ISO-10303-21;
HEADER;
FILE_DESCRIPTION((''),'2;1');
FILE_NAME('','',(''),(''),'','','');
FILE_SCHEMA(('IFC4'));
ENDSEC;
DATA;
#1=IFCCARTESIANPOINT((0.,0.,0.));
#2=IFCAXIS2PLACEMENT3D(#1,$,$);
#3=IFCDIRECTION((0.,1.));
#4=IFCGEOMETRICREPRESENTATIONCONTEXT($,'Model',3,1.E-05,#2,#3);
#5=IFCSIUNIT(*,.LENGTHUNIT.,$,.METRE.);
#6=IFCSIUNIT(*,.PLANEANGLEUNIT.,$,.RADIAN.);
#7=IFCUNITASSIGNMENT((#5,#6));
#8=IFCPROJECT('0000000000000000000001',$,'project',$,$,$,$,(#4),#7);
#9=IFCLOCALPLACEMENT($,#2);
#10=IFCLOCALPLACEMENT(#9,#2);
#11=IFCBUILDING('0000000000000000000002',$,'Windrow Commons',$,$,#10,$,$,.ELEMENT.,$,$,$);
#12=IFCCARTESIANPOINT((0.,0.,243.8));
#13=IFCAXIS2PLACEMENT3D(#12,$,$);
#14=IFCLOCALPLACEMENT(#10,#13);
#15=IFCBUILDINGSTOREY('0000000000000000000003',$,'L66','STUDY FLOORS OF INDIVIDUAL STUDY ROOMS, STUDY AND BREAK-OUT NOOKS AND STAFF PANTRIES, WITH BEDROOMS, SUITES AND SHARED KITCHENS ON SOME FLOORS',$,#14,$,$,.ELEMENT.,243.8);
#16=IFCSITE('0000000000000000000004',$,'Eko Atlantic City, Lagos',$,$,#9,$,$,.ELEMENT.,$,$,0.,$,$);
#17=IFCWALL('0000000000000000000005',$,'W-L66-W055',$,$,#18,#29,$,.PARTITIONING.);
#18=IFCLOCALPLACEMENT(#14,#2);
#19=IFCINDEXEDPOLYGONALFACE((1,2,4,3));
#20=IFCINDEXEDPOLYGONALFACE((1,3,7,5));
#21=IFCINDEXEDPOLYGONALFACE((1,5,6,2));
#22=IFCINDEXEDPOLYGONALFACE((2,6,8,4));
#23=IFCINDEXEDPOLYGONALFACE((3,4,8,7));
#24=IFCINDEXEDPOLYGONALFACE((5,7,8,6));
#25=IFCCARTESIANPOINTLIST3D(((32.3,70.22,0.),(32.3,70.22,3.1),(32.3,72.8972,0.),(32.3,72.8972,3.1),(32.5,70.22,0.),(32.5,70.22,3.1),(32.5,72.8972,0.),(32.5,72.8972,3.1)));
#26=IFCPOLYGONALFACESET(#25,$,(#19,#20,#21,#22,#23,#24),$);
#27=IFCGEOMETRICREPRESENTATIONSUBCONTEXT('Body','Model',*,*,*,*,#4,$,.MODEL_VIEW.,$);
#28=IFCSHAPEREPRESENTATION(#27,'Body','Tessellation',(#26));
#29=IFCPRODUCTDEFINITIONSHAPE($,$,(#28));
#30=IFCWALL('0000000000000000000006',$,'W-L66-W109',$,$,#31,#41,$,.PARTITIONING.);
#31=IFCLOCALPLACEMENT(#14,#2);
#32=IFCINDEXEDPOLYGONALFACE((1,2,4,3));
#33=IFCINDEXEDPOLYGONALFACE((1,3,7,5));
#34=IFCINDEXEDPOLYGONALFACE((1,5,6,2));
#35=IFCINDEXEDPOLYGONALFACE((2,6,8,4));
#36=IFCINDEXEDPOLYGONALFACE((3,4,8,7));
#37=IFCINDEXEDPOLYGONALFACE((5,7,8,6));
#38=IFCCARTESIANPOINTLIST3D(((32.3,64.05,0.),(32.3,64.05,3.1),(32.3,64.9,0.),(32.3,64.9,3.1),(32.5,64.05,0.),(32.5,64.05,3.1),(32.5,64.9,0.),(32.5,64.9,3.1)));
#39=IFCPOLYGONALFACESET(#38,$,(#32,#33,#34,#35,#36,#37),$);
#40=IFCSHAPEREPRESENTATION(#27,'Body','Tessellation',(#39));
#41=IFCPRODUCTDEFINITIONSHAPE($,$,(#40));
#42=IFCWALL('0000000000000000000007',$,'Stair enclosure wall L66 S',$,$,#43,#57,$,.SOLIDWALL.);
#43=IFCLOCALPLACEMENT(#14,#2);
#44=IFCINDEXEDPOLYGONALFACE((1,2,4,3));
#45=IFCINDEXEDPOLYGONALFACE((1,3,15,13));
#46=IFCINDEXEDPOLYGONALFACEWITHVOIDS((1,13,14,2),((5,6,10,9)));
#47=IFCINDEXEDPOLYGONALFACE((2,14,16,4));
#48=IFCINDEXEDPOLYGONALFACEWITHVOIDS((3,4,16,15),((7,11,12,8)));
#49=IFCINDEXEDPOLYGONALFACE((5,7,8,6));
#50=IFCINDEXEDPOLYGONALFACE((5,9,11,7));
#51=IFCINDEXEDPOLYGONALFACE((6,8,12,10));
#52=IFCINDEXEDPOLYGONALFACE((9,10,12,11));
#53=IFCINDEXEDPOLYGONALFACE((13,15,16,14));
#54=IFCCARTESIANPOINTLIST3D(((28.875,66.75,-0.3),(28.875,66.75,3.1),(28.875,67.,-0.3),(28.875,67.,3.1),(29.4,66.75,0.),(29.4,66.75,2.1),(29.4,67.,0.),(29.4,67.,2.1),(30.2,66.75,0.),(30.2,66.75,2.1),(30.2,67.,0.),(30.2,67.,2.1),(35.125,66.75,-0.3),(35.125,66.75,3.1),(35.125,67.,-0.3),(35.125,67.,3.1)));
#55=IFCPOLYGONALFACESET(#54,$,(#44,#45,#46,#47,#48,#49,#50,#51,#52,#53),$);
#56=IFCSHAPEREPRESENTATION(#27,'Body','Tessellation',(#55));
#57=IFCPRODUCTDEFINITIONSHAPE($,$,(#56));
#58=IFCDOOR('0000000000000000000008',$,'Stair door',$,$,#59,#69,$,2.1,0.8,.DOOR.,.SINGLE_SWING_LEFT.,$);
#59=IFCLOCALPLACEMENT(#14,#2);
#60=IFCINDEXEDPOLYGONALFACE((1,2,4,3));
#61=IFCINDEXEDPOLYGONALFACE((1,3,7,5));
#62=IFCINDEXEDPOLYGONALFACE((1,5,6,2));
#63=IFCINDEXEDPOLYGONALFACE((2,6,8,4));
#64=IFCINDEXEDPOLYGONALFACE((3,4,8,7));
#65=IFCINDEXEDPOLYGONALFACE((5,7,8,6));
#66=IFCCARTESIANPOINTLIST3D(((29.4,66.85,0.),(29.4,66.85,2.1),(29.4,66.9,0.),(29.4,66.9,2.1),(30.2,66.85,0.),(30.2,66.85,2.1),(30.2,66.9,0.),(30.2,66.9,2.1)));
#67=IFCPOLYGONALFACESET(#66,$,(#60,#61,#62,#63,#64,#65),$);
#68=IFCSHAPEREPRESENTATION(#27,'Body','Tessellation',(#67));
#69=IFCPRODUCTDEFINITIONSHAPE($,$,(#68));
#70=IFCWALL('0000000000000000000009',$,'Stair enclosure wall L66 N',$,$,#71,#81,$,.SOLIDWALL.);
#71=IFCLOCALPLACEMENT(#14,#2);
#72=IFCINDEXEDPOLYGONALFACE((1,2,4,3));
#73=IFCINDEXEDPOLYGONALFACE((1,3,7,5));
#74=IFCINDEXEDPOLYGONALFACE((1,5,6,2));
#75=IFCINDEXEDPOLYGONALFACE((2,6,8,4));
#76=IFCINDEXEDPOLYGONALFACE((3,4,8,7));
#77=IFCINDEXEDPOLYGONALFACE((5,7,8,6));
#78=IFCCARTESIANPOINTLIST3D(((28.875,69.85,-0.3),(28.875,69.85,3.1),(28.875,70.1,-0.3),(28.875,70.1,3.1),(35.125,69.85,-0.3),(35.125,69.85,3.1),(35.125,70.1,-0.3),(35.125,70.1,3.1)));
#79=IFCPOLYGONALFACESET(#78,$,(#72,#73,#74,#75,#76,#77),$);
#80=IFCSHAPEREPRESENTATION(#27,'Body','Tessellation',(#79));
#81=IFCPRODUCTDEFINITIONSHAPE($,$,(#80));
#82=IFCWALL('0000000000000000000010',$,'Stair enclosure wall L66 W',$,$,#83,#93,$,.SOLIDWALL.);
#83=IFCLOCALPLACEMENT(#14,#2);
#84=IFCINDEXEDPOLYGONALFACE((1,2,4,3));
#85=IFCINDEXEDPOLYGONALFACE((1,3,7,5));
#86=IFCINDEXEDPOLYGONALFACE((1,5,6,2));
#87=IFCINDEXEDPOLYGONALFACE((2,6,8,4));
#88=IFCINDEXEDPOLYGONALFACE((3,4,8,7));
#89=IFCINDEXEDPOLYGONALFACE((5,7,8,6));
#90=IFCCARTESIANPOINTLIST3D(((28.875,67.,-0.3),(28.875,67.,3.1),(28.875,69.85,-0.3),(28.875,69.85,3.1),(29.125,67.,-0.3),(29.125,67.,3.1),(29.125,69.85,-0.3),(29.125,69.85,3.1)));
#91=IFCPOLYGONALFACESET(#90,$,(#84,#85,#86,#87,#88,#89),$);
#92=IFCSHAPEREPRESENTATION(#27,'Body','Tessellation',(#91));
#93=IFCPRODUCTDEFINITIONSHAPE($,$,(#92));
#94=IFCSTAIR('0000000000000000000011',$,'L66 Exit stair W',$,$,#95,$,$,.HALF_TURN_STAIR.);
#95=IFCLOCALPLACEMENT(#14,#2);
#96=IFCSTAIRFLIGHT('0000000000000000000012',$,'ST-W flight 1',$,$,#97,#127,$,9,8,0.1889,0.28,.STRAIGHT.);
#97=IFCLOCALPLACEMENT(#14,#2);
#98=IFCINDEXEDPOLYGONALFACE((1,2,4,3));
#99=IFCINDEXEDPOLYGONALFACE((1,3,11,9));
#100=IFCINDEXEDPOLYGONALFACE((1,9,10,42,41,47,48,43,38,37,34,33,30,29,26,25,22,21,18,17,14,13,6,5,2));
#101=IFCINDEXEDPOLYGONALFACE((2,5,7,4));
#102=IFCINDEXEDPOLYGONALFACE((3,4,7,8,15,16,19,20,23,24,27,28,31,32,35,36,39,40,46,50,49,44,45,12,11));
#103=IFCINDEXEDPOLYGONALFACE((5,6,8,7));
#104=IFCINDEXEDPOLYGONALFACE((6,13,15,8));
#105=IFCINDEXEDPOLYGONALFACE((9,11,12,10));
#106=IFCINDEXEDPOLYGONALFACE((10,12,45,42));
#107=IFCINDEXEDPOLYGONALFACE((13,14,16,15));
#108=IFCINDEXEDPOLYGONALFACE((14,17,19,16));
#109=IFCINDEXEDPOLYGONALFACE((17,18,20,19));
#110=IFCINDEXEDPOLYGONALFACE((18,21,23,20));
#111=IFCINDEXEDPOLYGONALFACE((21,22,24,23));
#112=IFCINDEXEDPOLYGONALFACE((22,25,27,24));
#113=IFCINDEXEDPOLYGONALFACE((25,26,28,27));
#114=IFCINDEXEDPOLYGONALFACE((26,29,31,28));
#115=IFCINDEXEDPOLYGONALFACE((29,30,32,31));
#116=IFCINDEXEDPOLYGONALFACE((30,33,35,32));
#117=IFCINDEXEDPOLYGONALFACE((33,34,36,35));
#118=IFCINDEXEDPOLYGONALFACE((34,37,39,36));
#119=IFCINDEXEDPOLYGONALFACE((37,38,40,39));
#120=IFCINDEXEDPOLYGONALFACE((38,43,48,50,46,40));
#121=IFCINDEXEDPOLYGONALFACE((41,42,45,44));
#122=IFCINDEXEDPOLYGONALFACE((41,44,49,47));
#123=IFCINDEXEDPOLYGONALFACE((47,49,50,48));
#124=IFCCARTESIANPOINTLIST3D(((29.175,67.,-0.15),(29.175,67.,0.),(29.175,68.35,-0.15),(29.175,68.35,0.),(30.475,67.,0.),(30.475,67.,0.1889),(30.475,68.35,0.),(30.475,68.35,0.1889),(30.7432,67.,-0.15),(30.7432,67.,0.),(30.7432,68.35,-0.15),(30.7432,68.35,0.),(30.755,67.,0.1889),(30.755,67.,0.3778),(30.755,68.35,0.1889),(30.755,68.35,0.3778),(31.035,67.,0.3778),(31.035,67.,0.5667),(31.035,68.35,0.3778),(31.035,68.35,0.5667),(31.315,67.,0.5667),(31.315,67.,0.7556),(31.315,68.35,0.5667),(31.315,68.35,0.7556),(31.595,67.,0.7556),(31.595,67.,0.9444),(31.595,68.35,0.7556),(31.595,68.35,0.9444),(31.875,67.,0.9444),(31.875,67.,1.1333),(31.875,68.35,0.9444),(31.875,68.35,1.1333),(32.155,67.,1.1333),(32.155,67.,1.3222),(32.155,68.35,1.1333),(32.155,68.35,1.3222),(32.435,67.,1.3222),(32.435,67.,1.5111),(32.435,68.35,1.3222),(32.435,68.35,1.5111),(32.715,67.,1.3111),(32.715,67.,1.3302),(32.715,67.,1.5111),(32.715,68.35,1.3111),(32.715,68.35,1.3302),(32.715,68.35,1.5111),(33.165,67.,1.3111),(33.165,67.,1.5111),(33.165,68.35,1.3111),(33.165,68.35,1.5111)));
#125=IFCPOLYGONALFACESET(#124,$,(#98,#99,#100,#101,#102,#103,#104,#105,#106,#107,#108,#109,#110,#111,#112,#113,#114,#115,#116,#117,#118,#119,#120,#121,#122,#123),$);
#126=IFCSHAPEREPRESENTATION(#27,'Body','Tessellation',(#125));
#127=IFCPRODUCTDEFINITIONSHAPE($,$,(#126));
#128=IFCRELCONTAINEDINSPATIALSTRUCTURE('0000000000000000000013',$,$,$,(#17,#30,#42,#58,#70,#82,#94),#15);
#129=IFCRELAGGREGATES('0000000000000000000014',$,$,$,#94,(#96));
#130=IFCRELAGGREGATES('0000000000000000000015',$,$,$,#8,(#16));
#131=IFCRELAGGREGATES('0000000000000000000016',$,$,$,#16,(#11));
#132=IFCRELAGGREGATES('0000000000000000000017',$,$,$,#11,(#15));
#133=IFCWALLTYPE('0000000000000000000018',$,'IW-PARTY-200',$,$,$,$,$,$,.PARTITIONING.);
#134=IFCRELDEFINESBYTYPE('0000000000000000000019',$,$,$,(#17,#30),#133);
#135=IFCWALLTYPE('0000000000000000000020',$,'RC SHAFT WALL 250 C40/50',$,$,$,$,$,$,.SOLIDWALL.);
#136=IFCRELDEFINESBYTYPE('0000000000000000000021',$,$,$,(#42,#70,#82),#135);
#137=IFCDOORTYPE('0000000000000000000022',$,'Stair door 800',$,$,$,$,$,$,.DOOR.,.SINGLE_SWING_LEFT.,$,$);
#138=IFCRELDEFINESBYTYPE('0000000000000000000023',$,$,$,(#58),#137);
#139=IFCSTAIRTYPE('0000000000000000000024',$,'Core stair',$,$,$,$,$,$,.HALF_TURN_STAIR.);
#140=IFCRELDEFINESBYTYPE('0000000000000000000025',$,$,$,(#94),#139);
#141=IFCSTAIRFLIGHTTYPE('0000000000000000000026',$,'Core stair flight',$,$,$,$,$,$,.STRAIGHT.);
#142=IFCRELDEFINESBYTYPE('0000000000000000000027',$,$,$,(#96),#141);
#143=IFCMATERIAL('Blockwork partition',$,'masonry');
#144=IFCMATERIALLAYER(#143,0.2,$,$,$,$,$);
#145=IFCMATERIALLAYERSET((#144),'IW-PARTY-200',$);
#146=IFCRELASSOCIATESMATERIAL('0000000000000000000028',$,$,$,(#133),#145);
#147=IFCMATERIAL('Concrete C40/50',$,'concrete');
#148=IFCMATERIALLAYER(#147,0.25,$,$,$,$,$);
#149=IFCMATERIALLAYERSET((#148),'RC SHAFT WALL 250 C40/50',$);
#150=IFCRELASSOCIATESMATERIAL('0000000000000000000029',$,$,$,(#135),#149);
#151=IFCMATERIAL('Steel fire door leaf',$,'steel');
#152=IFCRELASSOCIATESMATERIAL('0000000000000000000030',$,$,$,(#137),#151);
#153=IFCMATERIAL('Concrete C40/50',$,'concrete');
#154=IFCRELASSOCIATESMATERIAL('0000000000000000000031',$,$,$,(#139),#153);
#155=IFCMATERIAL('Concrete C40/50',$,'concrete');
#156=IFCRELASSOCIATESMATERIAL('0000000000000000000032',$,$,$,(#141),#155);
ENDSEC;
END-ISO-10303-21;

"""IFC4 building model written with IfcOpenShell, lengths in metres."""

from ifc_helpers import new_model, si_unit, direction, frame, frame_2d, origin, place, context, subcontext, project, spatial, polyline, rectangle, outline, extrude, material, layer, layer_set, type_object, element, fill, aggregate, save


model = new_model("IFC4")

# Units and contexts
model_context = context("Model", 3, precision=1e-05, world=origin(), true_north=direction((0.0, 1.0)))
body_context = subcontext(model_context, "Body", "Model", "MODEL_VIEW")
ifc_project = project(units=[si_unit("LENGTHUNIT", "METRE"), si_unit("PLANEANGLEUNIT", "RADIAN")], contexts=[model_context])

# Site, building, storey
site_placement = place(None, origin())
site = spatial("IfcSite", under=ifc_project, at=site_placement, Name="Eko Atlantic City, Lagos", CompositionType="ELEMENT", RefElevation=0.0)
building_placement = place(site_placement, origin())
building = spatial("IfcBuilding", under=site, at=building_placement, Name="Windrow Commons", CompositionType="ELEMENT")
storey_placement = place(building_placement, frame((0.0, 0.0, 243.8)))
storey = spatial("IfcBuildingStorey", under=building, at=storey_placement, Name="L66", Description="STUDY FLOORS OF INDIVIDUAL STUDY ROOMS, STUDY AND BREAK-OUT NOOKS AND STAFF PANTRIES, WITH BEDROOMS, SUITES AND SHARED KITCHENS ON SOME FLOORS", CompositionType="ELEMENT", Elevation=243.8)

# Walls
ifc_material_1 = material(Name="Blockwork partition", Category="masonry")
ifc_layer_1 = layer(ifc_material_1, 0.2)
ifc_layer_set_1 = layer_set([ifc_layer_1], Name="IW-PARTY-200")
wall_type_1 = type_object("IfcWallType", Name="IW-PARTY-200", PredefinedType="PARTITIONING", material=ifc_layer_set_1)
wall_1_placement = place(storey_placement, frame((32.4, 70.22, 0.0), z_axis=(0.0, 0.0, 1.0), x_axis=(0.0, 1.0, 0.0)))
element("IfcWall", 1, at=wall_1_placement, inside=storey, type_object=wall_type_1, Name="W-L66-W055", PredefinedType="PARTITIONING", context=body_context, shape_type="SweptSolid", body=[
    extrude(rectangle(XDim=2.6772, YDim=0.2, at=frame_2d((1.3386, 0.0))), origin(), (0.0, 0.0, 1.0), 3.1),
])
wall_2_placement = place(storey_placement, frame((32.4, 64.05, 0.0), z_axis=(0.0, 0.0, 1.0), x_axis=(0.0, 1.0, 0.0)))
element("IfcWall", 2, at=wall_2_placement, inside=storey, type_object=wall_type_1, Name="W-L66-W109", PredefinedType="PARTITIONING", context=body_context, shape_type="SweptSolid", body=[
    extrude(rectangle(XDim=0.85, YDim=0.2, at=frame_2d((0.425, 0.0))), origin(), (0.0, 0.0, 1.0), 3.1),
])

# Wall, opening, door
ifc_material_2 = material(Name="Concrete C40/50", Category="concrete")
ifc_layer_2 = layer(ifc_material_2, 0.25)
ifc_layer_set_2 = layer_set([ifc_layer_2], Name="RC SHAFT WALL 250 C40/50")
wall_type_2 = type_object("IfcWallType", Name="RC SHAFT WALL 250 C40/50", PredefinedType="SOLIDWALL", material=ifc_layer_set_2)
wall_3_placement = place(storey_placement, frame((28.875, 66.875, -0.3), z_axis=(0.0, 0.0, 1.0), x_axis=(1.0, 0.0, 0.0)))
wall_3 = element("IfcWall", 3, at=wall_3_placement, inside=storey, type_object=wall_type_2, Name="Stair enclosure wall L66 S", PredefinedType="SOLIDWALL", context=body_context, shape_type="SweptSolid", body=[
    extrude(rectangle(XDim=6.25, YDim=0.25, at=frame_2d((3.125, 0.0))), origin(), (0.0, 0.0, 1.0), 3.4),
])
opening_1_placement = place(wall_3_placement, frame((0.525, 0.0, 0.3)))
opening_1 = element("IfcOpeningElement", 4, at=opening_1_placement, cuts=wall_3, PredefinedType="OPENING", context=body_context, shape_type="SweptSolid", body=[
    extrude(rectangle(XDim=0.8, YDim=2.1, at=frame_2d((0.4, 1.05))), frame((0.0, 0.135, 0.0), z_axis=(0.0, -1.0, 0.0), x_axis=(1.0, 0.0, 0.0)), (0.0, 0.0, 1.0), 0.27),
])
ifc_material_3 = material(Name="Steel fire door leaf", Category="steel")
door_type_1 = type_object("IfcDoorType", Name="Stair door 800", OperationType="SINGLE_SWING_LEFT", PredefinedType="DOOR", material=ifc_material_3)
door_1_placement = place(opening_1_placement, origin())
door_1 = element("IfcDoor", 5, at=door_1_placement, inside=storey, type_object=door_type_1, Name="Stair door", OperationType="SINGLE_SWING_LEFT", OverallHeight=2.1, OverallWidth=0.8, PredefinedType="DOOR", context=body_context, shape_type="SweptSolid", body=[
    extrude(rectangle(XDim=0.8, YDim=2.1, at=frame_2d((0.4, 1.05))), frame((0.0, 0.025, 0.0), z_axis=(0.0, -1.0, 0.0), x_axis=(1.0, 0.0, 0.0)), (0.0, 0.0, 1.0), 0.05),
])
fill(opening_1, door_1)

# Walls
wall_4_placement = place(storey_placement, frame((28.875, 69.975, -0.3), z_axis=(0.0, 0.0, 1.0), x_axis=(1.0, 0.0, 0.0)))
element("IfcWall", 6, at=wall_4_placement, inside=storey, type_object=wall_type_2, Name="Stair enclosure wall L66 N", PredefinedType="SOLIDWALL", context=body_context, shape_type="SweptSolid", body=[
    extrude(rectangle(XDim=6.25, YDim=0.25, at=frame_2d((3.125, 0.0))), origin(), (0.0, 0.0, 1.0), 3.4),
])
wall_5_placement = place(storey_placement, frame((29.0, 67.0, -0.3), z_axis=(0.0, 0.0, 1.0), x_axis=(0.0, 1.0, 0.0)))
element("IfcWall", 7, at=wall_5_placement, inside=storey, type_object=wall_type_2, Name="Stair enclosure wall L66 W", PredefinedType="SOLIDWALL", context=body_context, shape_type="SweptSolid", body=[
    extrude(rectangle(XDim=2.85, YDim=0.25, at=frame_2d((1.425, 0.0))), origin(), (0.0, 0.0, 1.0), 3.4),
])

# Stair, stair flight
ifc_material_4 = material(Name="Concrete C40/50", Category="concrete")
stair_type = type_object("IfcStairType", Name="Core stair", PredefinedType="HALF_TURN_STAIR", material=ifc_material_4)
stair_placement = place(storey_placement, origin())
stair = element("IfcStair", 8, at=stair_placement, inside=storey, type_object=stair_type, Name="L66 Exit stair W", PredefinedType="HALF_TURN_STAIR")
ifc_material_5 = material(Name="Concrete C40/50", Category="concrete")
stair_flight_type = type_object("IfcStairFlightType", Name="Core stair flight", PredefinedType="STRAIGHT", material=ifc_material_5)
stair_flight_placement = place(storey_placement, frame((30.475, 67.675, 0.0), z_axis=(0.0, 0.0, 1.0), x_axis=(1.0, 0.0, 0.0)))
stair_flight = element("IfcStairFlight", 9, at=stair_flight_placement, type_object=stair_flight_type, Name="ST-W flight 1", NumberOfRisers=9, NumberOfTreads=8, PredefinedType="STRAIGHT", RiserHeight=0.1889, TreadLength=0.28, context=body_context, shape_type="SweptSolid", body=[
    extrude(outline(polyline([(-1.3, -0.15), (-1.3, 0.0), (0.0, 0.0), (0.0, 0.1889), (0.28, 0.1889), (0.28, 0.3778), (0.56, 0.3778), (0.56, 0.5667), (0.84, 0.5667), (0.84, 0.7556), (1.12, 0.7556), (1.12, 0.9444), (1.4, 0.9444), (1.4, 1.1333), (1.68, 1.1333), (1.68, 1.3222), (1.96, 1.3222), (1.96, 1.5111), (2.24, 1.5111), (2.69, 1.5111), (2.69, 1.3111), (2.24, 1.3111), (2.24, 1.3302), (0.2682, 0.0), (0.2682, -0.15), (-1.3, -0.15)])), frame((0.0, 0.675, 0.0), z_axis=(0.0, -1.0, 0.0), x_axis=(1.0, 0.0, 0.0)), (0.0, 0.0, 1.0), 1.35),
])
aggregate(stair, [stair_flight])

save(model, "model.ifc")
